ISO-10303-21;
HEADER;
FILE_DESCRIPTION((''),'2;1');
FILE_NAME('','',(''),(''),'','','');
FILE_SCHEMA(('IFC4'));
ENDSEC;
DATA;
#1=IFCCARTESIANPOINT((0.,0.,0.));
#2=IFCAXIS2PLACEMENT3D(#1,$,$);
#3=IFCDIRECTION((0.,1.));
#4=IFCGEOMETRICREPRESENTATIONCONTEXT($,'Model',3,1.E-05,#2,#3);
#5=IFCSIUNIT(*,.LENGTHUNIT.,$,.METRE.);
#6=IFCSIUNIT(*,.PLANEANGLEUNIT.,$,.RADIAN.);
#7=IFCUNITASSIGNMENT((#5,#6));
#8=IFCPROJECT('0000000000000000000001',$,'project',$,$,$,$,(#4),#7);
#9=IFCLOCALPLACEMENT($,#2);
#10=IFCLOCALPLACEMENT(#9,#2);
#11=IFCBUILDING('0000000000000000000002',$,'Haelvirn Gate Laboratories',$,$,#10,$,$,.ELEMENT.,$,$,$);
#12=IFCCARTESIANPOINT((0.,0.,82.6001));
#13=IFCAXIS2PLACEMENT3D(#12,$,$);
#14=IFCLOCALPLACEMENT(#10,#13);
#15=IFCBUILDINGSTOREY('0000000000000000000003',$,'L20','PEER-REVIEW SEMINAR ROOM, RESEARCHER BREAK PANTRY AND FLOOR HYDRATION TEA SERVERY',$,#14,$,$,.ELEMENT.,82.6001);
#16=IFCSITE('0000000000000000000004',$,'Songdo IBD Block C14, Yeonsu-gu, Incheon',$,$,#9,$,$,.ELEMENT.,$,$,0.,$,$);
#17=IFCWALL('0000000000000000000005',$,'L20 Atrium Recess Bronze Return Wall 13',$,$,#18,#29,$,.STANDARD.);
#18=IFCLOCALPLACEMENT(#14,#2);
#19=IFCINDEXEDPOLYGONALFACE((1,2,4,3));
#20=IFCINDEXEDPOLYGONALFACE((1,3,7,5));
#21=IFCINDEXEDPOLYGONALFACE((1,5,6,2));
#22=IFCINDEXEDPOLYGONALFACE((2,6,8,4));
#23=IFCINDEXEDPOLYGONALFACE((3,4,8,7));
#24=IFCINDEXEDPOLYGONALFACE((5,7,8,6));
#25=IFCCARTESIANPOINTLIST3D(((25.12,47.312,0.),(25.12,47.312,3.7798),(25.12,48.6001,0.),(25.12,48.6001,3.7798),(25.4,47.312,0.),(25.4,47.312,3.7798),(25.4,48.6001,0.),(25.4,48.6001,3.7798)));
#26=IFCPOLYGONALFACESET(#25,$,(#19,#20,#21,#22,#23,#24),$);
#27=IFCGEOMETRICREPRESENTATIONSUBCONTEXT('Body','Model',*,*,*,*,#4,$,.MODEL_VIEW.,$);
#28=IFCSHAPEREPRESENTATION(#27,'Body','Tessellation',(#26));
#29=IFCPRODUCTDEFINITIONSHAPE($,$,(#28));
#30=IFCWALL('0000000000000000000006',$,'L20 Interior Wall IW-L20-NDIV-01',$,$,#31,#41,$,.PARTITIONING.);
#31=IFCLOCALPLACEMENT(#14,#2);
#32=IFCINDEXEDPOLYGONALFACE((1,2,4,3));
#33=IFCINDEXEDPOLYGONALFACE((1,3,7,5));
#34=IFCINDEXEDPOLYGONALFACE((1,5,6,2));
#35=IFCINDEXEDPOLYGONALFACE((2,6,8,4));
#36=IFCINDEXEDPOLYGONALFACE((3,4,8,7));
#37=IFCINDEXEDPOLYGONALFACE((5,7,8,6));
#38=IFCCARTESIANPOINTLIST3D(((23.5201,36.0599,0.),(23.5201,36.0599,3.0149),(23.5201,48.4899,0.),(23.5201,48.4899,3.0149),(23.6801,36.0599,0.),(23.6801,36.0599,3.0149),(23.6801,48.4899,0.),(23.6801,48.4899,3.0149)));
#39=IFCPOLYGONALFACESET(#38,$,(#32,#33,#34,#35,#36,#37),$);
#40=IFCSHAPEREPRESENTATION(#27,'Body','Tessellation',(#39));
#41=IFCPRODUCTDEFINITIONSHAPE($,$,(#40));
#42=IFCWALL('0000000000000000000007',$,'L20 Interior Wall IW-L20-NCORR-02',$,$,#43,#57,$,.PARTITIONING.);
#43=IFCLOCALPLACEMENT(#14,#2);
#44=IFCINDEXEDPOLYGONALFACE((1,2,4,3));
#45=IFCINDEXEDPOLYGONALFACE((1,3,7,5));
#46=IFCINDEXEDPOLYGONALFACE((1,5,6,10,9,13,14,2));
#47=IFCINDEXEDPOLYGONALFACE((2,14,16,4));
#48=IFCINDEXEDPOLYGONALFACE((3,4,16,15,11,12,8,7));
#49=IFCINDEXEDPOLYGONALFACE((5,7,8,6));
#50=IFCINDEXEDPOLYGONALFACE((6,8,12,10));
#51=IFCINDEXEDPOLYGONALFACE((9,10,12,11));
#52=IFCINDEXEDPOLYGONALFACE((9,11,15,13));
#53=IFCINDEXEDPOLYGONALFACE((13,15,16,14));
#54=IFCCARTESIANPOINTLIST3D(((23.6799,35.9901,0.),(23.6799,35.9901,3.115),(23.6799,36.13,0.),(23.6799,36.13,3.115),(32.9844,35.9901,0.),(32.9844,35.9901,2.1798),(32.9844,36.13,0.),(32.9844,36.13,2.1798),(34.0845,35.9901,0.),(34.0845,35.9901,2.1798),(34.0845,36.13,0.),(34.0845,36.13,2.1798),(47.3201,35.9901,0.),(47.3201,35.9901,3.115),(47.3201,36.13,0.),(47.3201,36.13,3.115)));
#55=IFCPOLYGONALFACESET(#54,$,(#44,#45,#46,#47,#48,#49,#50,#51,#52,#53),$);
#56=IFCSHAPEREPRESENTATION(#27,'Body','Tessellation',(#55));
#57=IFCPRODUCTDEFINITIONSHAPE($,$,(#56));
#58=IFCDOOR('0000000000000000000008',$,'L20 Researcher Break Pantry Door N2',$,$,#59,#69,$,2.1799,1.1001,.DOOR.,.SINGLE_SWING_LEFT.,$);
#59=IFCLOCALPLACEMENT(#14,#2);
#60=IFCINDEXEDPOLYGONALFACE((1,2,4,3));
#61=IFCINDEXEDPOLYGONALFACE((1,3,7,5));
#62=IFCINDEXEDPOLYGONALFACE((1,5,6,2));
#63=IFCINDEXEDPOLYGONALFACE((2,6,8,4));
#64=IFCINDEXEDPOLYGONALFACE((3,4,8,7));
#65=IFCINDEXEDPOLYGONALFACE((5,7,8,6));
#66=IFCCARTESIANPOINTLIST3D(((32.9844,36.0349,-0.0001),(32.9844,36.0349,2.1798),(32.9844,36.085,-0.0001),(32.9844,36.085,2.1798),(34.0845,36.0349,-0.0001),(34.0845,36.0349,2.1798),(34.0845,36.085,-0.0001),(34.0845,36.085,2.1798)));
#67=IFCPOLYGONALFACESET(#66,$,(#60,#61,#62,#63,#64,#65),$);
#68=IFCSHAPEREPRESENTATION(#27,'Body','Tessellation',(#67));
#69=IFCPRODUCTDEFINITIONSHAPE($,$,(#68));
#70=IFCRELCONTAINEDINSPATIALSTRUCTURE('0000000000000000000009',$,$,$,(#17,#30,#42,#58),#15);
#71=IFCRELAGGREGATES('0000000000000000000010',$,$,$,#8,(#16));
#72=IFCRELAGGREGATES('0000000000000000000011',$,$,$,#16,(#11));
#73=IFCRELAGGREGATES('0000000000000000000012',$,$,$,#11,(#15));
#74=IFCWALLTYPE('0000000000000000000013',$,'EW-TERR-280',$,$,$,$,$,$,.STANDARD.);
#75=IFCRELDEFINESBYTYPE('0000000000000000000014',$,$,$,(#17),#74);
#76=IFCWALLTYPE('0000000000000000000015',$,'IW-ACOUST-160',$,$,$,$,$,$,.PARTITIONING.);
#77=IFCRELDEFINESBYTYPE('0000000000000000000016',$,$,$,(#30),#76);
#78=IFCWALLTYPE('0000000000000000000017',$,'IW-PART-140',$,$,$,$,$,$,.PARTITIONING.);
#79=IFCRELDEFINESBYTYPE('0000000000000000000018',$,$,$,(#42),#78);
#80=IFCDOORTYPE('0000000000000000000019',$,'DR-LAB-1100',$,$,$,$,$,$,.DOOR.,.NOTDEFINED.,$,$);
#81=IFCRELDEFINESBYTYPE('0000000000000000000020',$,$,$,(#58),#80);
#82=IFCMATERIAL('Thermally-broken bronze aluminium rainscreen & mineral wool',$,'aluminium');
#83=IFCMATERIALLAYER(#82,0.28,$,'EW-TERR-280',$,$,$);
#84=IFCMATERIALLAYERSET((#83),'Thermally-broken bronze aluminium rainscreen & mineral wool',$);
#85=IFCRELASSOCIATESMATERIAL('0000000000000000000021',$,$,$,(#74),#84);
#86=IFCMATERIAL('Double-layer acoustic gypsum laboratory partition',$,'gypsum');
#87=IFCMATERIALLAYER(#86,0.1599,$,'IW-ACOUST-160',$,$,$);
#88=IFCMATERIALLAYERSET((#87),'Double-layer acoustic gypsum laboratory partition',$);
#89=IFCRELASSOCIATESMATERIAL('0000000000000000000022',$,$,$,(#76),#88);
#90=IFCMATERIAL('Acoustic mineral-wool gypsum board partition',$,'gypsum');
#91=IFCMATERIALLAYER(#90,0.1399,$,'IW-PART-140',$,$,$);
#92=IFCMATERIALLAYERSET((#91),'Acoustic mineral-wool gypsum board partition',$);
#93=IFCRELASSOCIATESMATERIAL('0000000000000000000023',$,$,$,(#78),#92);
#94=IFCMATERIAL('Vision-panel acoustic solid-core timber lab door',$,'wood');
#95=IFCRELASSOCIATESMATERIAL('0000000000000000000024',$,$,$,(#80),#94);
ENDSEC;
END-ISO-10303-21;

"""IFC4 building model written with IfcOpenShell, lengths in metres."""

from ifc_helpers import new_model, si_unit, direction, frame, frame_2d, origin, place, context, subcontext, project, spatial, rectangle, extrude, source, transform, mapped, material, layer, layer_set, type_object, type_shapes, element, fill, save


model = new_model("IFC4")

# Units and contexts
model_context = context("Model", 3, precision=1e-05, world=origin(), true_north=direction((0.0, 1.0)))
body_context = subcontext(model_context, "Body", "Model", "MODEL_VIEW")
ifc_project = project(units=[si_unit("LENGTHUNIT", "METRE"), si_unit("PLANEANGLEUNIT", "RADIAN")], contexts=[model_context])

# Site, building, storey
site_placement = place(None, origin())
site = spatial("IfcSite", under=ifc_project, at=site_placement, Name="Songdo IBD Block C14, Yeonsu-gu, Incheon", CompositionType="ELEMENT", RefElevation=0.0)
building_placement = place(site_placement, origin())
building = spatial("IfcBuilding", under=site, at=building_placement, Name="Haelvirn Gate Laboratories", CompositionType="ELEMENT")
storey_placement = place(building_placement, frame((0.0, 0.0, 82.6001)))
storey = spatial("IfcBuildingStorey", under=building, at=storey_placement, Name="L20", Description="PEER-REVIEW SEMINAR ROOM, RESEARCHER BREAK PANTRY AND FLOOR HYDRATION TEA SERVERY", CompositionType="ELEMENT", Elevation=82.6001)

# Walls
ifc_material_1 = material(Name="Thermally-broken bronze aluminium rainscreen & mineral wool", Category="aluminium")
ifc_layer_1 = layer(ifc_material_1, 0.28, Name="EW-TERR-280")
ifc_layer_set_1 = layer_set([ifc_layer_1], Name="Thermally-broken bronze aluminium rainscreen & mineral wool")
wall_type_1 = type_object("IfcWallType", Name="EW-TERR-280", PredefinedType="STANDARD", material=ifc_layer_set_1)
wall_1_placement = place(storey_placement, frame((25.26, 47.312, 0.0), z_axis=(0.0, 0.0, 1.0), x_axis=(0.0, 1.0, 0.0)))
element("IfcWall", 1, at=wall_1_placement, inside=storey, type_object=wall_type_1, Name="L20 Atrium Recess Bronze Return Wall 13", PredefinedType="STANDARD", context=body_context, shape_type="SweptSolid", body=[
    extrude(rectangle(XDim=1.2881, YDim=0.28, at=frame_2d((0.644, 0.0))), origin(), (0.0, 0.0, 1.0), 3.7798),
])
ifc_material_2 = material(Name="Double-layer acoustic gypsum laboratory partition", Category="gypsum")
ifc_layer_2 = layer(ifc_material_2, 0.1599, Name="IW-ACOUST-160")
ifc_layer_set_2 = layer_set([ifc_layer_2], Name="Double-layer acoustic gypsum laboratory partition")
wall_type_2 = type_object("IfcWallType", Name="IW-ACOUST-160", PredefinedType="PARTITIONING", material=ifc_layer_set_2)
wall_2_placement = place(storey_placement, frame((23.6001, 36.0601, 0.0), z_axis=(0.0, 0.0, 1.0), x_axis=(0.0, 1.0, 0.0)))
element("IfcWall", 2, at=wall_2_placement, inside=storey, type_object=wall_type_2, Name="L20 Interior Wall IW-L20-NDIV-01", PredefinedType="PARTITIONING", context=body_context, shape_type="SweptSolid", body=[
    extrude(rectangle(XDim=12.4299, YDim=0.1599, at=frame_2d((6.2148, 0.0))), origin(), (0.0, 0.0, 1.0), 3.0149),
])

# Wall, opening, door
ifc_material_3 = material(Name="Acoustic mineral-wool gypsum board partition", Category="gypsum")
ifc_layer_3 = layer(ifc_material_3, 0.1399, Name="IW-PART-140")
ifc_layer_set_3 = layer_set([ifc_layer_3], Name="Acoustic mineral-wool gypsum board partition")
wall_type_3 = type_object("IfcWallType", Name="IW-PART-140", PredefinedType="PARTITIONING", material=ifc_layer_set_3)
wall_3_placement = place(storey_placement, frame((23.6799, 36.0601, 0.0), z_axis=(0.0, 0.0, 1.0), x_axis=(1.0, 0.0, 0.0)))
wall_3 = element("IfcWall", 3, at=wall_3_placement, inside=storey, type_object=wall_type_3, Name="L20 Interior Wall IW-L20-NCORR-02", PredefinedType="PARTITIONING", context=body_context, shape_type="SweptSolid", body=[
    extrude(rectangle(XDim=23.6401, YDim=0.1399, at=frame_2d((11.8201, 0.0))), origin(), (0.0, 0.0, 1.0), 3.115),
])
opening_placement = place(wall_3_placement, frame((9.3044, 0.0, 0.0)))
opening = element("IfcOpeningElement", 4, at=opening_placement, cuts=wall_3, PredefinedType="OPENING", context=body_context, shape_type="SweptSolid", body=[
    extrude(rectangle(XDim=1.1001, YDim=2.1799, at=frame_2d((0.55, 1.0898))), frame((0.0, 0.0801, 0.0), z_axis=(0.0, -1.0, 0.0), x_axis=(1.0, 0.0, 0.0)), (0.0, 0.0, 1.0), 0.1599),
])
ifc_material_4 = material(Name="Vision-panel acoustic solid-core timber lab door", Category="wood")
door_type = type_object("IfcDoorType", Name="DR-LAB-1100", OperationType="NOTDEFINED", PredefinedType="DOOR", material=ifc_material_4)
shared_shape_1 = source(origin(), body_context, "Body", "SweptSolid", [
    extrude(rectangle(XDim=1.1001, YDim=2.1799, at=frame_2d((0.55, 1.0898))), frame((0.0, 0.0249, 0.0), z_axis=(0.0, -1.0, 0.0), x_axis=(1.0, 0.0, 0.0)), (0.0, 0.0, 1.0), 0.05),
])
type_shapes(door_type, [shared_shape_1])
door_placement = place(opening_placement, origin())
door = element("IfcDoor", 5, at=door_placement, inside=storey, type_object=door_type, Name="L20 Researcher Break Pantry Door N2", OperationType="SINGLE_SWING_LEFT", OverallHeight=2.1799, OverallWidth=1.1001, PredefinedType="DOOR", context=body_context, shape_type="MappedRepresentation", body=[
    mapped(shared_shape_1, transform((0.0, 0.0, 0.0), scale=1.0)),
])
fill(opening, door)

save(model, "model.ifc")
